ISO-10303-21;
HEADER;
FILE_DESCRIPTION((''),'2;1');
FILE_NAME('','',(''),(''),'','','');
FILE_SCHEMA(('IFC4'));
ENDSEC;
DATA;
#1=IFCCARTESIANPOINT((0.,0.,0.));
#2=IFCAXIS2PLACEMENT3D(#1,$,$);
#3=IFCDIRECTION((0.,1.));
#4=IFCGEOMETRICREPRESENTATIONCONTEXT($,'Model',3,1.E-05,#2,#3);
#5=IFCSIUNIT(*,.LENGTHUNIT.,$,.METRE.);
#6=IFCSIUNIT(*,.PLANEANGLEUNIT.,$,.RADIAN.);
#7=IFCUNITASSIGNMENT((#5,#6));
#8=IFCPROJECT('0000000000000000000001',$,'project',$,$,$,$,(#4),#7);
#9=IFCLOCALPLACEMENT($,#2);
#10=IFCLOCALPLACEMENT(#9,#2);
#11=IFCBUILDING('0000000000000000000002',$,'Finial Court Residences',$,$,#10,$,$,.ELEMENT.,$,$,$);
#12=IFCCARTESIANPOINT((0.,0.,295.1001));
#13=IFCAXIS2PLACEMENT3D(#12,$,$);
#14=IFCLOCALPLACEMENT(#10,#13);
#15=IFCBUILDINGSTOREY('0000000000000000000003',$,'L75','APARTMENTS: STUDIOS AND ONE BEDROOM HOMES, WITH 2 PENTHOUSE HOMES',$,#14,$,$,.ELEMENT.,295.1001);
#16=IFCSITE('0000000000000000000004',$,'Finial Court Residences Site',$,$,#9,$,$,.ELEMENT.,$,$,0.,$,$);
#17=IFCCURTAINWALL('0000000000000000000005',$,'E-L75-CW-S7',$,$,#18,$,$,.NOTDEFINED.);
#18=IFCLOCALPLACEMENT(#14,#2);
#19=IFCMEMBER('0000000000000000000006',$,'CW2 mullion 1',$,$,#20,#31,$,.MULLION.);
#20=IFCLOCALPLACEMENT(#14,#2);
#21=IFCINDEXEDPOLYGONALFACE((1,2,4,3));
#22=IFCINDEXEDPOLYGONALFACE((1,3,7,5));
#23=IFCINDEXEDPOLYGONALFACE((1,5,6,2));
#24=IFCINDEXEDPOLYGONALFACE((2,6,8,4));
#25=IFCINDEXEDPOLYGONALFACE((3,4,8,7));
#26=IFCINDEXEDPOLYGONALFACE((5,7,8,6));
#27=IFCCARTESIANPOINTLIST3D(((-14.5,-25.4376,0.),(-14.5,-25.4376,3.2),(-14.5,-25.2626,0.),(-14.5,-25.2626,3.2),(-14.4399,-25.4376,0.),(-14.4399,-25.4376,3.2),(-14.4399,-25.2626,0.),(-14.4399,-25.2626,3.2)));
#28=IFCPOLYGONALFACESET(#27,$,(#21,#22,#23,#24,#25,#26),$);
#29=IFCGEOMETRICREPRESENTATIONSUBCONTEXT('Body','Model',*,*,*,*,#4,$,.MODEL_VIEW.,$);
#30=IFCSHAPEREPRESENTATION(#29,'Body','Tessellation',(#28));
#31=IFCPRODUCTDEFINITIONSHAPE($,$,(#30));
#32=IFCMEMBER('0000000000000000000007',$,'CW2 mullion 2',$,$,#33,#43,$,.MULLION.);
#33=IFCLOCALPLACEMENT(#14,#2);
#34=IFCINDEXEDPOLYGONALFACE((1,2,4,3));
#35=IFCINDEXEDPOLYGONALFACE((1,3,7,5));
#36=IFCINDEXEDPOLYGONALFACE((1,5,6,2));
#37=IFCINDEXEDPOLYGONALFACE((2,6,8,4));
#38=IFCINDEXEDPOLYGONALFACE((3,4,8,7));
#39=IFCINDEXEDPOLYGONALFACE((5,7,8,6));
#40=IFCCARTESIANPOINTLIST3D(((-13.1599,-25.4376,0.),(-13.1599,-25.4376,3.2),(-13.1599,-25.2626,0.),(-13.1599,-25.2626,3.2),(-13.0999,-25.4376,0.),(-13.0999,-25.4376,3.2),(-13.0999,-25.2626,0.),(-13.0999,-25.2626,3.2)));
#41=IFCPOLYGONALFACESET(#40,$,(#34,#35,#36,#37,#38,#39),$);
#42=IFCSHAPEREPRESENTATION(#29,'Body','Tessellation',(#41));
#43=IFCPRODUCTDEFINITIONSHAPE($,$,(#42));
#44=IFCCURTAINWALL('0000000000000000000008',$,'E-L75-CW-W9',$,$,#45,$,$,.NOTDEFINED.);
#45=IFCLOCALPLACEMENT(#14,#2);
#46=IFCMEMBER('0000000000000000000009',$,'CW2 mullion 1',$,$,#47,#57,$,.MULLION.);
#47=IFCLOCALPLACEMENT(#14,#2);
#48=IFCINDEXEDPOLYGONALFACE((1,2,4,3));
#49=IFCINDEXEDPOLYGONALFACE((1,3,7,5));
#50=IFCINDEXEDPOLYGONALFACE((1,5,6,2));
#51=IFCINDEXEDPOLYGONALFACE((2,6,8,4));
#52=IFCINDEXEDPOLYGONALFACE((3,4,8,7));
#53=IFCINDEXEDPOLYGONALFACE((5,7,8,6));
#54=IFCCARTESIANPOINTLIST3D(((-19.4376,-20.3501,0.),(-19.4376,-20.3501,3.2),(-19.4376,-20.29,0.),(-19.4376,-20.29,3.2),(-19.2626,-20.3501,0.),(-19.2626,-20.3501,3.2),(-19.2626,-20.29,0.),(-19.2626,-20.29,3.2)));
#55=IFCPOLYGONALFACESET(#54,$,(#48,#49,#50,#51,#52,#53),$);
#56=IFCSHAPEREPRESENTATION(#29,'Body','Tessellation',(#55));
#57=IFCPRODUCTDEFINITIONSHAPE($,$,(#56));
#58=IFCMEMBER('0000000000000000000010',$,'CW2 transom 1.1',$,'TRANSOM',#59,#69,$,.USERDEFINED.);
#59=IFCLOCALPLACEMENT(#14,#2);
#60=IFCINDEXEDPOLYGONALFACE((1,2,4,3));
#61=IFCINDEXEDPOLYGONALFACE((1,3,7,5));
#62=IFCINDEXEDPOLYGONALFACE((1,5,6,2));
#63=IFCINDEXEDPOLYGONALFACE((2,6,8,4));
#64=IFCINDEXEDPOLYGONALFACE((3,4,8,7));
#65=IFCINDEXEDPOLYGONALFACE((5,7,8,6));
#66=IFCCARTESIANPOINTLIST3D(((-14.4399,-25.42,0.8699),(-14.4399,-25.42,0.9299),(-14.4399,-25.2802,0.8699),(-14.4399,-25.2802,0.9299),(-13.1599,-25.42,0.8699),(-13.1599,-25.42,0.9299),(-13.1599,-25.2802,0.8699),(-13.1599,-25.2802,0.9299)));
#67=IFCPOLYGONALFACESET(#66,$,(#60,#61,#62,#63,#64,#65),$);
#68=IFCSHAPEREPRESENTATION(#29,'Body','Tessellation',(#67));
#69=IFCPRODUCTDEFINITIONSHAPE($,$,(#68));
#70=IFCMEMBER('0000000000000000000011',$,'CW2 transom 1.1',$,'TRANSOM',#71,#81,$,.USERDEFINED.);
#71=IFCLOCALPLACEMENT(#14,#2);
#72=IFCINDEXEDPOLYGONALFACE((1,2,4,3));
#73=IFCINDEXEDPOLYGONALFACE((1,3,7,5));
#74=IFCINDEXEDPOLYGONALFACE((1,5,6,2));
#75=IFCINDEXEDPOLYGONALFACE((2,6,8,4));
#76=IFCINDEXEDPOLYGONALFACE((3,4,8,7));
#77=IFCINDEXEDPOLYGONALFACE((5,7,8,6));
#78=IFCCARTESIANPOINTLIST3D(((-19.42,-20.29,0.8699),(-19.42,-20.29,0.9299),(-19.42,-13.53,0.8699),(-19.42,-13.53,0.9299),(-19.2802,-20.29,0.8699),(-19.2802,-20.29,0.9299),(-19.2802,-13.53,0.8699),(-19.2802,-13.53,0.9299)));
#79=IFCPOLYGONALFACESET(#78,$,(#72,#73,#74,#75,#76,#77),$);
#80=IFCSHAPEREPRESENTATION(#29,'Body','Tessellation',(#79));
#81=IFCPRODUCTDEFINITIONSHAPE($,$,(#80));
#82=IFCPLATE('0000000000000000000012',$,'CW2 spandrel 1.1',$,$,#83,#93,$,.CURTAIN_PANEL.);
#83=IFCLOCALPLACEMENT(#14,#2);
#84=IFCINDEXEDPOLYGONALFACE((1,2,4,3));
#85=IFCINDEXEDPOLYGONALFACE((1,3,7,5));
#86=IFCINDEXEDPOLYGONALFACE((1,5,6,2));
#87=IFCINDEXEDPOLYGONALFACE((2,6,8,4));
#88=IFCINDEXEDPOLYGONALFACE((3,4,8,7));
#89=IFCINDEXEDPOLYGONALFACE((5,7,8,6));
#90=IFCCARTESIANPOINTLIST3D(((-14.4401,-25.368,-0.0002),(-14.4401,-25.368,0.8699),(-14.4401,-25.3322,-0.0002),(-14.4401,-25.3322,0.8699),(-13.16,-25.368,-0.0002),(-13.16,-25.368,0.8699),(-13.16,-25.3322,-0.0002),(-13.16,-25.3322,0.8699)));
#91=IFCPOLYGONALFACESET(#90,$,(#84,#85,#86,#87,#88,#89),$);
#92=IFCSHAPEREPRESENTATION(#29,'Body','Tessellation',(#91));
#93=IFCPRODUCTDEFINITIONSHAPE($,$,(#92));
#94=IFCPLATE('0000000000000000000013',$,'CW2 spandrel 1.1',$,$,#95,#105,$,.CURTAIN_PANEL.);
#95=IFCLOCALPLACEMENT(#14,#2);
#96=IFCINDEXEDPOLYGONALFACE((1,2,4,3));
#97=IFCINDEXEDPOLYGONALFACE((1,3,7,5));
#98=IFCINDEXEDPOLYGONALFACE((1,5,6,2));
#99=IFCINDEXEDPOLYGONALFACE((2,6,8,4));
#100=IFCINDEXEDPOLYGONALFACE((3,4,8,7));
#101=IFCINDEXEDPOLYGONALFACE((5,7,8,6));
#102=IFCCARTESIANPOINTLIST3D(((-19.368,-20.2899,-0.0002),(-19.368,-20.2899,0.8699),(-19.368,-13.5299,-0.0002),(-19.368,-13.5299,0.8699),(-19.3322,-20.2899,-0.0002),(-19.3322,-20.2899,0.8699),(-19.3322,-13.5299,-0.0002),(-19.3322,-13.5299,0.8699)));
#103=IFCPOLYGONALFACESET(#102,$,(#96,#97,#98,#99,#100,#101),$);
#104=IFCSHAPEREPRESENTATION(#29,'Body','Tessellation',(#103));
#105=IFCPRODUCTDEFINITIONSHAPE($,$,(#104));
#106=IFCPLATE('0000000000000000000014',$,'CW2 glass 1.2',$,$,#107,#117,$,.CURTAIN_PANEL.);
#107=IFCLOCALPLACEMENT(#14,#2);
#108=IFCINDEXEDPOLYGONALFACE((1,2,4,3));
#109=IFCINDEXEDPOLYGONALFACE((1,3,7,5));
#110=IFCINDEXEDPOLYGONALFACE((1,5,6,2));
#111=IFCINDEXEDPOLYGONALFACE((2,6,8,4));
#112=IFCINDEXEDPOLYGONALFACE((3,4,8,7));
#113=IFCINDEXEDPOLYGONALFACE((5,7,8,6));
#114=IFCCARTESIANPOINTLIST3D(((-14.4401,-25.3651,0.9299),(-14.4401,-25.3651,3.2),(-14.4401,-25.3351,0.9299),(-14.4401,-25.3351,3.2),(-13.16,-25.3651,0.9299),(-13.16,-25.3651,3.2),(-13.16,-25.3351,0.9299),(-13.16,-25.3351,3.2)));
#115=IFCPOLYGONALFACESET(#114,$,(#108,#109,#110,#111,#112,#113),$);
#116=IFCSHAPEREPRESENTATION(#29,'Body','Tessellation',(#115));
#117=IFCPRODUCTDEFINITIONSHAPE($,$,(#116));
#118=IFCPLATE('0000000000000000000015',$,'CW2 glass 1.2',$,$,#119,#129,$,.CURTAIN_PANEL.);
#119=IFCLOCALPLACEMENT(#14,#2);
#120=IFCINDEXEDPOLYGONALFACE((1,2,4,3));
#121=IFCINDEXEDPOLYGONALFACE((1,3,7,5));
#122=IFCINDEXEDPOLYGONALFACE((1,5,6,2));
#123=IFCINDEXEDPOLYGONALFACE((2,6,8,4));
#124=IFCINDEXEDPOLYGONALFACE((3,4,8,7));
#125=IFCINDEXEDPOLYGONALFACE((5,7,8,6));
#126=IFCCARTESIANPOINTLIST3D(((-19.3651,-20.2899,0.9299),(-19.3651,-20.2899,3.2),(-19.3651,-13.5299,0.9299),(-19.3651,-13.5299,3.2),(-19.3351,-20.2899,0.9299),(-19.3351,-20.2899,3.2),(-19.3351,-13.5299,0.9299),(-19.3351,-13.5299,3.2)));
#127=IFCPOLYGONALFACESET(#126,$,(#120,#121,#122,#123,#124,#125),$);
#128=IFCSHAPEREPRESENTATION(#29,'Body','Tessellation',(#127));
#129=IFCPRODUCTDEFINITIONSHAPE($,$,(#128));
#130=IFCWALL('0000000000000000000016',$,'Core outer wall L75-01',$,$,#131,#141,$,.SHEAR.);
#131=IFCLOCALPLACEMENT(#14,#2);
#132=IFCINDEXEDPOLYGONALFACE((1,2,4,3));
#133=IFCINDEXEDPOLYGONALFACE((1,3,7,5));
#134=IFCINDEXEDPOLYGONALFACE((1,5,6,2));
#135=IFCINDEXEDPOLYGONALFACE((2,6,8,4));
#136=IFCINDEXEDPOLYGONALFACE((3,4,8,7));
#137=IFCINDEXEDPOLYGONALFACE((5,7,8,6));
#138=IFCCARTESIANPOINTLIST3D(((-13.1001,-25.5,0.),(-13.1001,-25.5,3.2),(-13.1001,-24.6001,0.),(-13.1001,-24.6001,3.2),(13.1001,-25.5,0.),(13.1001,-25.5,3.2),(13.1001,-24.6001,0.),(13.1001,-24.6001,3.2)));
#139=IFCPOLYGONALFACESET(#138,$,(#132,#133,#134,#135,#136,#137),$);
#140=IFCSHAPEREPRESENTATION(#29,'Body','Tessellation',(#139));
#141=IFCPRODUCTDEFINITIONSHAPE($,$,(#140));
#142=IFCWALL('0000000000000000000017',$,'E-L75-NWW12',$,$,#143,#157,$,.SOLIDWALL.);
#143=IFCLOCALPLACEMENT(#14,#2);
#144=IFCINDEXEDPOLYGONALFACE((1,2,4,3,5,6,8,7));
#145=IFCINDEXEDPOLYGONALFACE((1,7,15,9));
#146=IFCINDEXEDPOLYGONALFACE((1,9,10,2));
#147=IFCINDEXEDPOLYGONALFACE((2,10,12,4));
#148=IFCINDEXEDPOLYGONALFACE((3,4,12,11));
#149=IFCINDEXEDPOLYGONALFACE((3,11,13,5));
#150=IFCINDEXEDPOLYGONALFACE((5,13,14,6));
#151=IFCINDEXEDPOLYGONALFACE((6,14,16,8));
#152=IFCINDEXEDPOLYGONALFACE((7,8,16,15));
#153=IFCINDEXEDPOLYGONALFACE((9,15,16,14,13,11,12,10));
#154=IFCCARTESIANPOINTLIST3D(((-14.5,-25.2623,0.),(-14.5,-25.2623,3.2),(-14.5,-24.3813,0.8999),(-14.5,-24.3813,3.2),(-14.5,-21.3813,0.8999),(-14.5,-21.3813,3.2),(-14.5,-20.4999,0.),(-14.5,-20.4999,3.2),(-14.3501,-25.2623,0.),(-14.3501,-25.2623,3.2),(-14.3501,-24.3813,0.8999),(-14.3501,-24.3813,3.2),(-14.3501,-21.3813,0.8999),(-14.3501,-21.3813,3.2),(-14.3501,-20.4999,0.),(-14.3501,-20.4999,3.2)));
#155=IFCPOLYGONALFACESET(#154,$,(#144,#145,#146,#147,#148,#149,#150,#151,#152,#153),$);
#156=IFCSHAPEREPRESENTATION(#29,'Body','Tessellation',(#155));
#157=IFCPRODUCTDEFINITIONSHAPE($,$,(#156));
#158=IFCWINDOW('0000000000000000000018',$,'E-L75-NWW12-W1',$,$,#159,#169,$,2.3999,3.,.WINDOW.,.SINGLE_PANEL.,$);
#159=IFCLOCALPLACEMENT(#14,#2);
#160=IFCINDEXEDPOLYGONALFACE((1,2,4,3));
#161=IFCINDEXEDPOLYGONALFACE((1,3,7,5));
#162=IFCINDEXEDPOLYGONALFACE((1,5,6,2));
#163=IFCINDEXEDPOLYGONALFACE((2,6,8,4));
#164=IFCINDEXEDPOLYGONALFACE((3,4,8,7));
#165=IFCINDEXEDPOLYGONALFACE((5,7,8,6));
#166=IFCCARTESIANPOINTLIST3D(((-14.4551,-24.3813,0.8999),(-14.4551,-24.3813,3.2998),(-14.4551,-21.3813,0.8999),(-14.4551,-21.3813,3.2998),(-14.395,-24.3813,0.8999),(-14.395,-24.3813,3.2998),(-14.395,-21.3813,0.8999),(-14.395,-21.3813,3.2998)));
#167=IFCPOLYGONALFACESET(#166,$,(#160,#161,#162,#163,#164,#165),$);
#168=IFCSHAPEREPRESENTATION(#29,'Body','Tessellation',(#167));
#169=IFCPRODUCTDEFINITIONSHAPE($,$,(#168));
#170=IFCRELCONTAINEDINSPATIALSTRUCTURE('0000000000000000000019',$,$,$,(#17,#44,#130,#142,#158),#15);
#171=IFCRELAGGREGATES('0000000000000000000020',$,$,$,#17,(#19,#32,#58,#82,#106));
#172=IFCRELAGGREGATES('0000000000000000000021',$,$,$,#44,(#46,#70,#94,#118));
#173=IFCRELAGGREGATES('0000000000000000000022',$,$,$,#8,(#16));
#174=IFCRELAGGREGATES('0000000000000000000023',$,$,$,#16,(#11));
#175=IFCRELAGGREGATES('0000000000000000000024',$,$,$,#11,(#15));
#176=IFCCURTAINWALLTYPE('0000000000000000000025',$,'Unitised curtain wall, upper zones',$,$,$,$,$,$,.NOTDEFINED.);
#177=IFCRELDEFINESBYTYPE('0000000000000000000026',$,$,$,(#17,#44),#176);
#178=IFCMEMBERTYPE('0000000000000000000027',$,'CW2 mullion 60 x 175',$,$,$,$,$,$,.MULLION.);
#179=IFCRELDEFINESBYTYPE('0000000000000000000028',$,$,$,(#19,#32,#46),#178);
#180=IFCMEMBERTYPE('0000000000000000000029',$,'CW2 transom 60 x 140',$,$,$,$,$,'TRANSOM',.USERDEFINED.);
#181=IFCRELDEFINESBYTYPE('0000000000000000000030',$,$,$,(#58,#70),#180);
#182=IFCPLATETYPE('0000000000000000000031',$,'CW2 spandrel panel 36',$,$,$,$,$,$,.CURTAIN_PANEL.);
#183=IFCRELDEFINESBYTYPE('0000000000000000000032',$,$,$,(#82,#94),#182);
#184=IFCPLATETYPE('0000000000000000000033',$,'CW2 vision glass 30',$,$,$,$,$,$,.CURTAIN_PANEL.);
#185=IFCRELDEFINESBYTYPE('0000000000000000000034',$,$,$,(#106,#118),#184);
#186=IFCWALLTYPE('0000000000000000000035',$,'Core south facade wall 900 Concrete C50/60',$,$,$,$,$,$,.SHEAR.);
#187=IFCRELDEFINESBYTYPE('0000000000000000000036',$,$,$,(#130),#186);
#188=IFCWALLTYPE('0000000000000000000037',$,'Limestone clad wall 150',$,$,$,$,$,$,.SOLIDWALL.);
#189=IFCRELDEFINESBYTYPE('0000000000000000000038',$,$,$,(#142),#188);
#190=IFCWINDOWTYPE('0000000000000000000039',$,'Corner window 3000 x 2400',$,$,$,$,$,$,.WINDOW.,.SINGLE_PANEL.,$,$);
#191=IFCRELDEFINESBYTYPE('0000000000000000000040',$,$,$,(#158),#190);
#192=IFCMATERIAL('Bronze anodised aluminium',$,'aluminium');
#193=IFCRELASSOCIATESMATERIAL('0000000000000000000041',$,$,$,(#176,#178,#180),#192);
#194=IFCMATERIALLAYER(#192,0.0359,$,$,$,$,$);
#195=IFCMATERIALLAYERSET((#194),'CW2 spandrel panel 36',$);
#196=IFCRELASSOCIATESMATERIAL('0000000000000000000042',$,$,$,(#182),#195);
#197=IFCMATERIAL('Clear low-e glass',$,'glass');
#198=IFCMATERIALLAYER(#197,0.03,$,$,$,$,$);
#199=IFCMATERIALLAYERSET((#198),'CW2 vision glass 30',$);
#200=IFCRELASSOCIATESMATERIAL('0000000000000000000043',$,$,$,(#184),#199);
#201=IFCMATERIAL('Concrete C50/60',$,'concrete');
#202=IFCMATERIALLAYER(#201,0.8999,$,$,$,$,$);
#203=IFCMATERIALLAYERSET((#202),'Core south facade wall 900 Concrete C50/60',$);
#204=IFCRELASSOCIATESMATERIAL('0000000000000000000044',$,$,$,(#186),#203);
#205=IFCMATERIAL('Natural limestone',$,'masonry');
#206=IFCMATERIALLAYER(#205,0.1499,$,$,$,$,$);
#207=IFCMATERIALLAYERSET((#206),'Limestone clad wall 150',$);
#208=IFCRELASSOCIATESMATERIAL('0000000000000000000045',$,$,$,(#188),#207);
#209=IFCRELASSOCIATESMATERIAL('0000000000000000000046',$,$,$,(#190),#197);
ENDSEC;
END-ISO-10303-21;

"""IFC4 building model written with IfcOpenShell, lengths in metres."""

from ifc_helpers import new_model, si_unit, direction, frame, frame_2d, origin, origin_2d, place, context, subcontext, project, spatial, rectangle, extrude, material, layer, layer_set, material_profile, profile_set, type_object, element, fill, aggregate, save


model = new_model("IFC4")

# Units and contexts
model_context = context("Model", 3, precision=1e-05, world=origin(), true_north=direction((0.0, 1.0)))
body_context = subcontext(model_context, "Body", "Model", "MODEL_VIEW")
ifc_project = project(units=[si_unit("LENGTHUNIT", "METRE"), si_unit("PLANEANGLEUNIT", "RADIAN")], contexts=[model_context])

# Site, building, storey
site_placement = place(None, origin())
site = spatial("IfcSite", under=ifc_project, at=site_placement, Name="Finial Court Residences Site", CompositionType="ELEMENT", RefElevation=0.0)
building_placement = place(site_placement, origin())
building = spatial("IfcBuilding", under=site, at=building_placement, Name="Finial Court Residences", CompositionType="ELEMENT")
storey_placement = place(building_placement, frame((0.0, 0.0, 295.1001)))
storey = spatial("IfcBuildingStorey", under=building, at=storey_placement, Name="L75", Description="APARTMENTS: STUDIOS AND ONE BEDROOM HOMES, WITH 2 PENTHOUSE HOMES", CompositionType="ELEMENT", Elevation=295.1001)

# Curtain wall, members
ifc_material_1 = material(Name="Bronze anodised aluminium", Category="aluminium")
curtain_wall_type = type_object("IfcCurtainWallType", Name="Unitised curtain wall, upper zones", PredefinedType="NOTDEFINED", material=ifc_material_1)
curtain_wall_1_placement = place(storey_placement, origin())
curtain_wall_1 = element("IfcCurtainWall", 1, at=curtain_wall_1_placement, inside=storey, type_object=curtain_wall_type, Name="E-L75-CW-S7", PredefinedType="NOTDEFINED")
ifc_material_profile_1 = material_profile(ifc_material_1, rectangle(XDim=0.175, YDim=0.0601, at=origin_2d()), Name="CW2 mullion 60 x 175")
ifc_profile_set_1 = profile_set([ifc_material_profile_1], Name="Bronze anodised aluminium")
member_type_1 = type_object("IfcMemberType", Name="CW2 mullion 60 x 175", PredefinedType="MULLION", material=ifc_profile_set_1)
member_1_placement = place(storey_placement, frame((-14.47, -25.3501, 0.0), z_axis=(0.0, 0.0, 1.0), x_axis=(0.0, 1.0, 0.0)))
member_1 = element("IfcMember", 2, at=member_1_placement, type_object=member_type_1, Name="CW2 mullion 1", PredefinedType="MULLION", context=body_context, shape_type="SweptSolid", body=[
    extrude(rectangle(XDim=0.175, YDim=0.0601, at=origin_2d()), origin(), (0.0, 0.0, 1.0), 3.2),
])
member_2_placement = place(storey_placement, frame((-13.1299, -25.3501, 0.0), z_axis=(0.0, 0.0, 1.0), x_axis=(0.0, 1.0, 0.0)))
member_2 = element("IfcMember", 3, at=member_2_placement, type_object=member_type_1, Name="CW2 mullion 2", PredefinedType="MULLION", context=body_context, shape_type="SweptSolid", body=[
    extrude(rectangle(XDim=0.175, YDim=0.0601, at=origin_2d()), origin(), (0.0, 0.0, 1.0), 3.2),
])

# Curtain wall, member
curtain_wall_2_placement = place(storey_placement, origin())
curtain_wall_2 = element("IfcCurtainWall", 4, at=curtain_wall_2_placement, inside=storey, type_object=curtain_wall_type, Name="E-L75-CW-W9", PredefinedType="NOTDEFINED")
member_3_placement = place(storey_placement, frame((-19.3501, -20.3201, 0.0), z_axis=(0.0, 0.0, 1.0), x_axis=(-1.0, 0.0, 0.0)))
member_3 = element("IfcMember", 5, at=member_3_placement, type_object=member_type_1, Name="CW2 mullion 1", PredefinedType="MULLION", context=body_context, shape_type="SweptSolid", body=[
    extrude(rectangle(XDim=0.175, YDim=0.0601, at=origin_2d()), origin(), (0.0, 0.0, 1.0), 3.2),
])

# Members
ifc_material_profile_2 = material_profile(ifc_material_1, rectangle(XDim=0.1399, YDim=0.0601, at=origin_2d()), Name="CW2 transom 60 x 140")
ifc_profile_set_2 = profile_set([ifc_material_profile_2], Name="Bronze anodised aluminium")
member_type_2 = type_object("IfcMemberType", Name="CW2 transom 60 x 140", ElementType="TRANSOM", PredefinedType="USERDEFINED", material=ifc_profile_set_2)
member_4_placement = place(storey_placement, frame((-14.4399, -25.3501, 0.8999), z_axis=(1.0, 0.0, 0.0), x_axis=(0.0, 1.0, 0.0)))
member_4 = element("IfcMember", 6, at=member_4_placement, type_object=member_type_2, Name="CW2 transom 1.1", ObjectType="TRANSOM", PredefinedType="USERDEFINED", context=body_context, shape_type="SweptSolid", body=[
    extrude(rectangle(XDim=0.1399, YDim=0.0601, at=origin_2d()), origin(), (0.0, 0.0, 1.0), 1.28),
])
member_5_placement = place(storey_placement, frame((-19.3501, -20.29, 0.8999), z_axis=(0.0, 1.0, 0.0), x_axis=(-1.0, 0.0, 0.0)))
member_5 = element("IfcMember", 7, at=member_5_placement, type_object=member_type_2, Name="CW2 transom 1.1", ObjectType="TRANSOM", PredefinedType="USERDEFINED", context=body_context, shape_type="SweptSolid", body=[
    extrude(rectangle(XDim=0.1399, YDim=0.0601, at=origin_2d()), origin(), (0.0, 0.0, 1.0), 6.76),
])

# Plates
ifc_layer_1 = layer(ifc_material_1, 0.0359)
ifc_layer_set_1 = layer_set([ifc_layer_1], Name="CW2 spandrel panel 36")
plate_type_1 = type_object("IfcPlateType", Name="CW2 spandrel panel 36", PredefinedType="CURTAIN_PANEL", material=ifc_layer_set_1)
plate_1_placement = place(storey_placement, frame((-13.8, -25.3501, -0.0002), z_axis=(0.0, 0.0, 1.0), x_axis=(1.0, 0.0, 0.0)))
plate_1 = element("IfcPlate", 8, at=plate_1_placement, type_object=plate_type_1, Name="CW2 spandrel 1.1", PredefinedType="CURTAIN_PANEL", context=body_context, shape_type="SweptSolid", body=[
    extrude(rectangle(XDim=1.28, YDim=0.0359, at=origin_2d()), origin(), (0.0, 0.0, 1.0), 0.8701),
])
plate_2_placement = place(storey_placement, frame((-19.3501, -16.9099, -0.0002), z_axis=(0.0, 0.0, 1.0), x_axis=(0.0, 1.0, 0.0)))
plate_2 = element("IfcPlate", 9, at=plate_2_placement, type_object=plate_type_1, Name="CW2 spandrel 1.1", PredefinedType="CURTAIN_PANEL", context=body_context, shape_type="SweptSolid", body=[
    extrude(rectangle(XDim=6.76, YDim=0.0359, at=origin_2d()), origin(), (0.0, 0.0, 1.0), 0.8701),
])
ifc_material_2 = material(Name="Clear low-e glass", Category="glass")
ifc_layer_2 = layer(ifc_material_2, 0.03)
ifc_layer_set_2 = layer_set([ifc_layer_2], Name="CW2 vision glass 30")
plate_type_2 = type_object("IfcPlateType", Name="CW2 vision glass 30", PredefinedType="CURTAIN_PANEL", material=ifc_layer_set_2)
plate_3_placement = place(storey_placement, frame((-13.8, -25.3501, 0.9299), z_axis=(0.0, 0.0, 1.0), x_axis=(1.0, 0.0, 0.0)))
plate_3 = element("IfcPlate", 10, at=plate_3_placement, type_object=plate_type_2, Name="CW2 glass 1.2", PredefinedType="CURTAIN_PANEL", context=body_context, shape_type="SweptSolid", body=[
    extrude(rectangle(XDim=1.28, YDim=0.03, at=origin_2d()), origin(), (0.0, 0.0, 1.0), 2.27),
])
aggregate(curtain_wall_1, [member_1, member_2, member_4, plate_1, plate_3])
plate_4_placement = place(storey_placement, frame((-19.3501, -16.9099, 0.9299), z_axis=(0.0, 0.0, 1.0), x_axis=(0.0, 1.0, 0.0)))
plate_4 = element("IfcPlate", 11, at=plate_4_placement, type_object=plate_type_2, Name="CW2 glass 1.2", PredefinedType="CURTAIN_PANEL", context=body_context, shape_type="SweptSolid", body=[
    extrude(rectangle(XDim=6.76, YDim=0.03, at=origin_2d()), origin(), (0.0, 0.0, 1.0), 2.27),
])
aggregate(curtain_wall_2, [member_3, member_5, plate_2, plate_4])

# Wall
ifc_material_3 = material(Name="Concrete C50/60", Category="concrete")
ifc_layer_3 = layer(ifc_material_3, 0.8999)
ifc_layer_set_3 = layer_set([ifc_layer_3], Name="Core south facade wall 900 Concrete C50/60")
wall_type_1 = type_object("IfcWallType", Name="Core south facade wall 900 Concrete C50/60", PredefinedType="SHEAR", material=ifc_layer_set_3)
wall_1_placement = place(storey_placement, frame((-13.1001, -25.05, 0.0), z_axis=(0.0, 0.0, 1.0), x_axis=(1.0, 0.0, 0.0)))
element("IfcWall", 12, at=wall_1_placement, inside=storey, type_object=wall_type_1, Name="Core outer wall L75-01", PredefinedType="SHEAR", context=body_context, shape_type="SweptSolid", body=[
    extrude(rectangle(XDim=26.2002, YDim=0.8999, at=frame_2d((13.1001, 0.0))), origin(), (0.0, 0.0, 1.0), 3.2),
])

# Wall, opening, window
ifc_material_4 = material(Name="Natural limestone", Category="masonry")
ifc_layer_4 = layer(ifc_material_4, 0.1499)
ifc_layer_set_4 = layer_set([ifc_layer_4], Name="Limestone clad wall 150")
wall_type_2 = type_object("IfcWallType", Name="Limestone clad wall 150", PredefinedType="SOLIDWALL", material=ifc_layer_set_4)
wall_2_placement = place(storey_placement, frame((-14.425, -25.2625, 0.0), z_axis=(0.0, 0.0, 1.0), x_axis=(0.0, 1.0, 0.0)))
wall_2 = element("IfcWall", 13, at=wall_2_placement, inside=storey, type_object=wall_type_2, Name="E-L75-NWW12", PredefinedType="SOLIDWALL", context=body_context, shape_type="SweptSolid", body=[
    extrude(rectangle(XDim=4.7625, YDim=0.1499, at=frame_2d((2.3813, 0.0))), origin(), (0.0, 0.0, 1.0), 3.2),
])
opening_1_placement = place(wall_2_placement, frame((0.8811, 0.0, 0.8999)))
opening_1 = element("IfcOpeningElement", 14, at=opening_1_placement, cuts=wall_2, PredefinedType="OPENING", context=body_context, shape_type="SweptSolid", body=[
    extrude(rectangle(XDim=3.0, YDim=2.3999, at=frame_2d((1.5, 1.2))), frame((0.0, 0.085, 0.0), z_axis=(0.0, -1.0, 0.0), x_axis=(1.0, 0.0, 0.0)), (0.0, 0.0, 1.0), 0.1699),
])
window_type = type_object("IfcWindowType", Name="Corner window 3000 x 2400", PartitioningType="SINGLE_PANEL", PredefinedType="WINDOW", material=ifc_material_2)
window_1_placement = place(opening_1_placement, origin())
window_1 = element("IfcWindow", 15, at=window_1_placement, inside=storey, type_object=window_type, Name="E-L75-NWW12-W1", OverallHeight=2.3999, OverallWidth=3.0, PartitioningType="SINGLE_PANEL", PredefinedType="WINDOW", context=body_context, shape_type="SweptSolid", body=[
    extrude(rectangle(XDim=3.0, YDim=2.3999, at=frame_2d((1.5, 1.2))), frame((0.0, 0.03, 0.0), z_axis=(0.0, -1.0, 0.0), x_axis=(1.0, 0.0, 0.0)), (0.0, 0.0, 1.0), 0.0601),
])
fill(opening_1, window_1)

save(model, "model.ifc")
